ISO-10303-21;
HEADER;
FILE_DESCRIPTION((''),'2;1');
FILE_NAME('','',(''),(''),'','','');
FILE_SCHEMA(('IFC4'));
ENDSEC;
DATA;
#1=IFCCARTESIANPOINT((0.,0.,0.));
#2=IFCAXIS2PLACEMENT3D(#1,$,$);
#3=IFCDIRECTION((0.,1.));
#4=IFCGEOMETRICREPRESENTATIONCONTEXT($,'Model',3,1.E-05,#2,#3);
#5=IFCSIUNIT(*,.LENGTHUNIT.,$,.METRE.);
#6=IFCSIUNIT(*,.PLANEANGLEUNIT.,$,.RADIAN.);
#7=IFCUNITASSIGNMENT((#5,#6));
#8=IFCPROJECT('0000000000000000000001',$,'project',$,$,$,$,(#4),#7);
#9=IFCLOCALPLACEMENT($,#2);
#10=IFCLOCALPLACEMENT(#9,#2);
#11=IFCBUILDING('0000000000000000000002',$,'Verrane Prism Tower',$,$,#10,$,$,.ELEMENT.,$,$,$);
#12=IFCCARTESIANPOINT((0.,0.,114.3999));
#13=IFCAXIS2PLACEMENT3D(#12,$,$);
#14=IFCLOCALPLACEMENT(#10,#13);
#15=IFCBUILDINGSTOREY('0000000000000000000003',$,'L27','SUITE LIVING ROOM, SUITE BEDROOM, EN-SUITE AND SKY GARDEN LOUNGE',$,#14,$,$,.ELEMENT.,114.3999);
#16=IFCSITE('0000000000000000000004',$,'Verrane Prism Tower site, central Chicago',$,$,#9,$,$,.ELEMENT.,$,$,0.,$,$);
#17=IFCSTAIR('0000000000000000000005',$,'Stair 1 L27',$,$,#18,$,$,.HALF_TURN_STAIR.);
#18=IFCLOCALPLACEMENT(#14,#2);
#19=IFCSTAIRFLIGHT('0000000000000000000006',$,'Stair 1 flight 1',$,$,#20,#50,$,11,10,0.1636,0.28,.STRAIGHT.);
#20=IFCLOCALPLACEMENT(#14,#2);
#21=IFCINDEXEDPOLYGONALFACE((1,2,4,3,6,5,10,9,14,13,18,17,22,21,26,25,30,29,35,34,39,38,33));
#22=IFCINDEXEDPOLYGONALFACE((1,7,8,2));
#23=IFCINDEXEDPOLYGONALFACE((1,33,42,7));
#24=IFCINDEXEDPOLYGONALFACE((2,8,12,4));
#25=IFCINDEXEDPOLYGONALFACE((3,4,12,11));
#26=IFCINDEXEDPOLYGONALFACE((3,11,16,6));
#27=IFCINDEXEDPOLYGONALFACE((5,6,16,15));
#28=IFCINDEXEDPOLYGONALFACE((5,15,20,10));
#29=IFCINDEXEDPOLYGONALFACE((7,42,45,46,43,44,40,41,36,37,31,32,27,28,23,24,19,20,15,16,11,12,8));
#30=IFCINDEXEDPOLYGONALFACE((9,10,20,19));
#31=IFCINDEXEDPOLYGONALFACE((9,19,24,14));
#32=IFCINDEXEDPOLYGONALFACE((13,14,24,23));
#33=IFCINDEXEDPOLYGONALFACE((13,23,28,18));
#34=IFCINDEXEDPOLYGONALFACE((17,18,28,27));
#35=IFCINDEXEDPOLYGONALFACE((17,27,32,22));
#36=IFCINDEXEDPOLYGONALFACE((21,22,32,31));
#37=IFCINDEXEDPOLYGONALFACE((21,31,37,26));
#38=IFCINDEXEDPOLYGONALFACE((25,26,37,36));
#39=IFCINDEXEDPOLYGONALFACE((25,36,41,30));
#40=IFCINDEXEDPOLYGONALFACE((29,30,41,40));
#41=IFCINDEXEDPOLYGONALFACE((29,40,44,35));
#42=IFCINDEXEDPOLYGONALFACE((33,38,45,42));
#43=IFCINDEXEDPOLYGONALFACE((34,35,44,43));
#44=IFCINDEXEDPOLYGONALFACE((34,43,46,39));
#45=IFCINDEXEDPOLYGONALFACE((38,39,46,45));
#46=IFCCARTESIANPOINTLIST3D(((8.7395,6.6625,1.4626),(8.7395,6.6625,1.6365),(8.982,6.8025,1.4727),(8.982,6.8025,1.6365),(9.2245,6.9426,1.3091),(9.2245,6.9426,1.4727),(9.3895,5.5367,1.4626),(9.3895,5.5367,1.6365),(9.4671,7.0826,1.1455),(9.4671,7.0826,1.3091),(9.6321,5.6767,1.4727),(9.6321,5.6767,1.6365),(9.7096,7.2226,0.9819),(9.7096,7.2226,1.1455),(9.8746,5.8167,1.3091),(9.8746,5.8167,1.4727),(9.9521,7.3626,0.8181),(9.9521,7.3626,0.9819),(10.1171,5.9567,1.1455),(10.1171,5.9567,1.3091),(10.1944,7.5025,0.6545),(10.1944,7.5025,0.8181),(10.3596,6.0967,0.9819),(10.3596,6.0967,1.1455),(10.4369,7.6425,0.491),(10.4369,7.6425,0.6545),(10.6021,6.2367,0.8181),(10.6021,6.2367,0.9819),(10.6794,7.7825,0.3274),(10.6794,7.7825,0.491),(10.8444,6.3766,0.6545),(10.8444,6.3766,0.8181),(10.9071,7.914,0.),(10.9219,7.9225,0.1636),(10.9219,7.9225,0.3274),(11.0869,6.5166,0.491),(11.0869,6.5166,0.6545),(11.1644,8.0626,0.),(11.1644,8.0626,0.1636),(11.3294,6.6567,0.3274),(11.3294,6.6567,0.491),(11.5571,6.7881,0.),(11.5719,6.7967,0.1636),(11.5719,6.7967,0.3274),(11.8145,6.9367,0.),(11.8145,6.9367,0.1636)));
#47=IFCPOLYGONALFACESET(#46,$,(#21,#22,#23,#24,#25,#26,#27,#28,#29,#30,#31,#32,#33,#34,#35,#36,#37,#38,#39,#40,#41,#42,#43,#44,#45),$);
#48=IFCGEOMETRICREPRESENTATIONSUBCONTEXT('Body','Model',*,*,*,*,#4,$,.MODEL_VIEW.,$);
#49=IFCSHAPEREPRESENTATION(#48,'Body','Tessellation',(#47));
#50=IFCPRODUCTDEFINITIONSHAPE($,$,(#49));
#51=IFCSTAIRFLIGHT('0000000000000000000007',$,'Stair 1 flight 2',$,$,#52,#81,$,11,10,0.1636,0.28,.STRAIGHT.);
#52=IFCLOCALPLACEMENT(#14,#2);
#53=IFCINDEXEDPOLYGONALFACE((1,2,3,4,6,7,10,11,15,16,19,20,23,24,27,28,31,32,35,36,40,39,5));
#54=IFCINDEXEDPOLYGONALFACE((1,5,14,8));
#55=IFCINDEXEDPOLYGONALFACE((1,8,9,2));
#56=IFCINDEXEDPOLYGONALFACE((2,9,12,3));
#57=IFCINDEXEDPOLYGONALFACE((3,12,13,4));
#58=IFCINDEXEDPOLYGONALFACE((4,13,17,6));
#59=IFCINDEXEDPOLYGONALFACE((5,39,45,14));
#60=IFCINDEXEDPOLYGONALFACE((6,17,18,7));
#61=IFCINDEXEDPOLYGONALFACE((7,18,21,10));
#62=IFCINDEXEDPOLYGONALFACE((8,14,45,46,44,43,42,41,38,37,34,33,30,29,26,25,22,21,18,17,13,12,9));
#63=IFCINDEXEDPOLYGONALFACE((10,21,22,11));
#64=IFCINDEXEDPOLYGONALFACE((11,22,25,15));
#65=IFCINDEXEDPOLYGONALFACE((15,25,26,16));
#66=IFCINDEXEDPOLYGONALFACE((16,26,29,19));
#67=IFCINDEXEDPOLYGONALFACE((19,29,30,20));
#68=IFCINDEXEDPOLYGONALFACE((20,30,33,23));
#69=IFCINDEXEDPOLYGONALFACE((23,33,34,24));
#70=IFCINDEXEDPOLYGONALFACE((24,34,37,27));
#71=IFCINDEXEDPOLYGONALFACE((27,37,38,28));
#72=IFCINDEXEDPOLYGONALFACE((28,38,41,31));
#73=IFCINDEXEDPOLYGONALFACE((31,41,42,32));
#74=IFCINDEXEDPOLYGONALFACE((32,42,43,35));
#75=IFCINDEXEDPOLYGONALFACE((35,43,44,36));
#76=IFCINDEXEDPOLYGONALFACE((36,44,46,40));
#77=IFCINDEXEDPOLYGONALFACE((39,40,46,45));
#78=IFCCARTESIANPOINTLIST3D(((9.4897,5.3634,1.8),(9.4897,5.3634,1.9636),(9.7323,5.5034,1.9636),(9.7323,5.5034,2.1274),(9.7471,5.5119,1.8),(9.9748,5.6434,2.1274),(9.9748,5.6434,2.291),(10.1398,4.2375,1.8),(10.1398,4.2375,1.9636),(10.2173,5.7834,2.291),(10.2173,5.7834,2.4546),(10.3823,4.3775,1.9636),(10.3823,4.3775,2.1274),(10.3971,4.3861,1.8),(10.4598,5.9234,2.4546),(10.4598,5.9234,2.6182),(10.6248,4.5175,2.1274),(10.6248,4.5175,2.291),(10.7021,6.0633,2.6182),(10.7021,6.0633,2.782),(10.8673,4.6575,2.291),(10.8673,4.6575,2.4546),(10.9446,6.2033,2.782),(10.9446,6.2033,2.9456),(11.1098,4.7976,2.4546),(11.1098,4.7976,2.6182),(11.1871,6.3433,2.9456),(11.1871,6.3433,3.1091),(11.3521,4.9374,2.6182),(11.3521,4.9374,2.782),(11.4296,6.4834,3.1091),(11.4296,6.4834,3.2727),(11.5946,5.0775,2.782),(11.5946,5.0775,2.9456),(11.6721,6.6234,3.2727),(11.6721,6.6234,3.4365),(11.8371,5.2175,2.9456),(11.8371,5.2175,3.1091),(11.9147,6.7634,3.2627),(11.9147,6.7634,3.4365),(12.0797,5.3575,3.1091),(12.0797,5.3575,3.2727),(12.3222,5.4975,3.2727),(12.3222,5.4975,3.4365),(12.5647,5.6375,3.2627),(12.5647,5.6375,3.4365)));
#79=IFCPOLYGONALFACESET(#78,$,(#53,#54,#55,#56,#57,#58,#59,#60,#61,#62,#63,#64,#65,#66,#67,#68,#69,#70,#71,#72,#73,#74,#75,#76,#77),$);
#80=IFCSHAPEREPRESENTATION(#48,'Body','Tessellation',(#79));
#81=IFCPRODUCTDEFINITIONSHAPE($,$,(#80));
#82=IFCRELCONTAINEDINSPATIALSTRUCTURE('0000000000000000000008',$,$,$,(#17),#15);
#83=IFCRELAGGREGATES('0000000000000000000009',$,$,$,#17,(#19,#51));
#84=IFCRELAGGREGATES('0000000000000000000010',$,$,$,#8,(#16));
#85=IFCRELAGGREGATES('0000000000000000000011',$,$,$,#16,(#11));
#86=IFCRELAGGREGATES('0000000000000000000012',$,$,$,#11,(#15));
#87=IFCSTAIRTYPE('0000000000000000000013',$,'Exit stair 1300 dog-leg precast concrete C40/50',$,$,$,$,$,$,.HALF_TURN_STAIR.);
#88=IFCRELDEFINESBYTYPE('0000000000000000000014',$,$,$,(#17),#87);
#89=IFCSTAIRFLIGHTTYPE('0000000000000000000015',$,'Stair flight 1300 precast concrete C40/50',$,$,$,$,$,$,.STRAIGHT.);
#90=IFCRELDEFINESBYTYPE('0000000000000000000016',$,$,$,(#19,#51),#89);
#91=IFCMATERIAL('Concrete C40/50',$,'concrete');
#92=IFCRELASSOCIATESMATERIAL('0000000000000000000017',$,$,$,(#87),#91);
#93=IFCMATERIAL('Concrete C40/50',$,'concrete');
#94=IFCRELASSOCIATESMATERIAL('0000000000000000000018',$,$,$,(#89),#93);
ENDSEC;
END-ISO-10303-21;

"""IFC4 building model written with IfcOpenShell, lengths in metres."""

from ifc_helpers import new_model, si_unit, direction, frame, origin, place, context, subcontext, project, spatial, polyline, outline, extrude, material, type_object, element, aggregate, save


model = new_model("IFC4")

# Units and contexts
model_context = context("Model", 3, precision=1e-05, world=origin(), true_north=direction((0.0, 1.0)))
body_context = subcontext(model_context, "Body", "Model", "MODEL_VIEW")
ifc_project = project(units=[si_unit("LENGTHUNIT", "METRE"), si_unit("PLANEANGLEUNIT", "RADIAN")], contexts=[model_context])

# Site, building, storey
site_placement = place(None, origin())
site = spatial("IfcSite", under=ifc_project, at=site_placement, Name="Verrane Prism Tower site, central Chicago", CompositionType="ELEMENT", RefElevation=0.0)
building_placement = place(site_placement, origin())
building = spatial("IfcBuilding", under=site, at=building_placement, Name="Verrane Prism Tower", CompositionType="ELEMENT")
storey_placement = place(building_placement, frame((0.0, 0.0, 114.3999)))
storey = spatial("IfcBuildingStorey", under=building, at=storey_placement, Name="L27", Description="SUITE LIVING ROOM, SUITE BEDROOM, EN-SUITE AND SKY GARDEN LOUNGE", CompositionType="ELEMENT", Elevation=114.3999)

# Stair, stair flights
ifc_material_1 = material(Name="Concrete C40/50", Category="concrete")
stair_type = type_object("IfcStairType", Name="Exit stair 1300 dog-leg precast concrete C40/50", PredefinedType="HALF_TURN_STAIR", material=ifc_material_1)
stair_placement = place(storey_placement, origin())
stair = element("IfcStair", 1, at=stair_placement, inside=storey, type_object=stair_type, Name="Stair 1 L27", PredefinedType="HALF_TURN_STAIR")
ifc_material_2 = material(Name="Concrete C40/50", Category="concrete")
stair_flight_type = type_object("IfcStairFlightType", Name="Stair flight 1300 precast concrete C40/50", PredefinedType="STRAIGHT", material=ifc_material_2)
stair_flight_1_placement = place(storey_placement, frame((11.4895, 7.4995, 0.0), z_axis=(0.0, 0.0, 1.0), x_axis=(-0.866025, -0.5, 0.0)))
stair_flight_1 = element("IfcStairFlight", 2, at=stair_flight_1_placement, type_object=stair_flight_type, Name="Stair 1 flight 1", NumberOfRisers=11, NumberOfTreads=10, PredefinedType="STRAIGHT", RiserHeight=0.1636, TreadLength=0.28, context=body_context, shape_type="SweptSolid", body=[
    extrude(outline(polyline([(0.0, 0.0), (0.0, 0.1636), (0.28, 0.1636), (0.28, 0.3274), (0.5601, 0.3274), (0.5601, 0.491), (0.8401, 0.491), (0.8401, 0.6545), (1.1201, 0.6545), (1.1201, 0.8181), (1.3999, 0.8181), (1.3999, 0.9819), (1.6799, 0.9819), (1.6799, 1.1455), (1.96, 1.1455), (1.96, 1.3091), (2.24, 1.3091), (2.24, 1.4727), (2.52, 1.4727), (2.52, 1.6365), (2.8, 1.6365), (2.8, 1.8), (2.8, 1.4626), (0.2971, 0.0), (0.0, 0.0)])), frame((0.0, 0.6499, 0.0), z_axis=(0.0, -1.0, 0.0), x_axis=(1.0, 0.0, 0.0)), (0.0, 0.0, 1.0), 1.3),
])
stair_flight_2_placement = place(storey_placement, frame((9.8147, 4.8005, 1.8), z_axis=(0.0, 0.0, 1.0), x_axis=(0.866025, 0.5, 0.0)))
stair_flight_2 = element("IfcStairFlight", 3, at=stair_flight_2_placement, type_object=stair_flight_type, Name="Stair 1 flight 2", NumberOfRisers=11, NumberOfTreads=10, PredefinedType="STRAIGHT", RiserHeight=0.1636, TreadLength=0.28, context=body_context, shape_type="SweptSolid", body=[
    extrude(outline(polyline([(0.0, 0.0), (0.0, 0.1636), (0.28, 0.1636), (0.28, 0.3274), (0.5601, 0.3274), (0.5601, 0.491), (0.8401, 0.491), (0.8401, 0.6545), (1.1201, 0.6545), (1.1201, 0.8181), (1.3999, 0.8181), (1.3999, 0.9819), (1.6799, 0.9819), (1.6799, 1.1455), (1.96, 1.1455), (1.96, 1.3091), (2.24, 1.3091), (2.24, 1.4727), (2.52, 1.4727), (2.52, 1.6365), (2.8, 1.6365), (2.8, 1.8), (2.8, 1.4626), (0.2971, 0.0), (0.0, 0.0)])), frame((0.0, 0.6499, 0.0), z_axis=(0.0, -1.0, 0.0), x_axis=(1.0, 0.0, 0.0)), (0.0, 0.0, 1.0), 1.3),
])
aggregate(stair, [stair_flight_1, stair_flight_2])

save(model, "model.ifc")
